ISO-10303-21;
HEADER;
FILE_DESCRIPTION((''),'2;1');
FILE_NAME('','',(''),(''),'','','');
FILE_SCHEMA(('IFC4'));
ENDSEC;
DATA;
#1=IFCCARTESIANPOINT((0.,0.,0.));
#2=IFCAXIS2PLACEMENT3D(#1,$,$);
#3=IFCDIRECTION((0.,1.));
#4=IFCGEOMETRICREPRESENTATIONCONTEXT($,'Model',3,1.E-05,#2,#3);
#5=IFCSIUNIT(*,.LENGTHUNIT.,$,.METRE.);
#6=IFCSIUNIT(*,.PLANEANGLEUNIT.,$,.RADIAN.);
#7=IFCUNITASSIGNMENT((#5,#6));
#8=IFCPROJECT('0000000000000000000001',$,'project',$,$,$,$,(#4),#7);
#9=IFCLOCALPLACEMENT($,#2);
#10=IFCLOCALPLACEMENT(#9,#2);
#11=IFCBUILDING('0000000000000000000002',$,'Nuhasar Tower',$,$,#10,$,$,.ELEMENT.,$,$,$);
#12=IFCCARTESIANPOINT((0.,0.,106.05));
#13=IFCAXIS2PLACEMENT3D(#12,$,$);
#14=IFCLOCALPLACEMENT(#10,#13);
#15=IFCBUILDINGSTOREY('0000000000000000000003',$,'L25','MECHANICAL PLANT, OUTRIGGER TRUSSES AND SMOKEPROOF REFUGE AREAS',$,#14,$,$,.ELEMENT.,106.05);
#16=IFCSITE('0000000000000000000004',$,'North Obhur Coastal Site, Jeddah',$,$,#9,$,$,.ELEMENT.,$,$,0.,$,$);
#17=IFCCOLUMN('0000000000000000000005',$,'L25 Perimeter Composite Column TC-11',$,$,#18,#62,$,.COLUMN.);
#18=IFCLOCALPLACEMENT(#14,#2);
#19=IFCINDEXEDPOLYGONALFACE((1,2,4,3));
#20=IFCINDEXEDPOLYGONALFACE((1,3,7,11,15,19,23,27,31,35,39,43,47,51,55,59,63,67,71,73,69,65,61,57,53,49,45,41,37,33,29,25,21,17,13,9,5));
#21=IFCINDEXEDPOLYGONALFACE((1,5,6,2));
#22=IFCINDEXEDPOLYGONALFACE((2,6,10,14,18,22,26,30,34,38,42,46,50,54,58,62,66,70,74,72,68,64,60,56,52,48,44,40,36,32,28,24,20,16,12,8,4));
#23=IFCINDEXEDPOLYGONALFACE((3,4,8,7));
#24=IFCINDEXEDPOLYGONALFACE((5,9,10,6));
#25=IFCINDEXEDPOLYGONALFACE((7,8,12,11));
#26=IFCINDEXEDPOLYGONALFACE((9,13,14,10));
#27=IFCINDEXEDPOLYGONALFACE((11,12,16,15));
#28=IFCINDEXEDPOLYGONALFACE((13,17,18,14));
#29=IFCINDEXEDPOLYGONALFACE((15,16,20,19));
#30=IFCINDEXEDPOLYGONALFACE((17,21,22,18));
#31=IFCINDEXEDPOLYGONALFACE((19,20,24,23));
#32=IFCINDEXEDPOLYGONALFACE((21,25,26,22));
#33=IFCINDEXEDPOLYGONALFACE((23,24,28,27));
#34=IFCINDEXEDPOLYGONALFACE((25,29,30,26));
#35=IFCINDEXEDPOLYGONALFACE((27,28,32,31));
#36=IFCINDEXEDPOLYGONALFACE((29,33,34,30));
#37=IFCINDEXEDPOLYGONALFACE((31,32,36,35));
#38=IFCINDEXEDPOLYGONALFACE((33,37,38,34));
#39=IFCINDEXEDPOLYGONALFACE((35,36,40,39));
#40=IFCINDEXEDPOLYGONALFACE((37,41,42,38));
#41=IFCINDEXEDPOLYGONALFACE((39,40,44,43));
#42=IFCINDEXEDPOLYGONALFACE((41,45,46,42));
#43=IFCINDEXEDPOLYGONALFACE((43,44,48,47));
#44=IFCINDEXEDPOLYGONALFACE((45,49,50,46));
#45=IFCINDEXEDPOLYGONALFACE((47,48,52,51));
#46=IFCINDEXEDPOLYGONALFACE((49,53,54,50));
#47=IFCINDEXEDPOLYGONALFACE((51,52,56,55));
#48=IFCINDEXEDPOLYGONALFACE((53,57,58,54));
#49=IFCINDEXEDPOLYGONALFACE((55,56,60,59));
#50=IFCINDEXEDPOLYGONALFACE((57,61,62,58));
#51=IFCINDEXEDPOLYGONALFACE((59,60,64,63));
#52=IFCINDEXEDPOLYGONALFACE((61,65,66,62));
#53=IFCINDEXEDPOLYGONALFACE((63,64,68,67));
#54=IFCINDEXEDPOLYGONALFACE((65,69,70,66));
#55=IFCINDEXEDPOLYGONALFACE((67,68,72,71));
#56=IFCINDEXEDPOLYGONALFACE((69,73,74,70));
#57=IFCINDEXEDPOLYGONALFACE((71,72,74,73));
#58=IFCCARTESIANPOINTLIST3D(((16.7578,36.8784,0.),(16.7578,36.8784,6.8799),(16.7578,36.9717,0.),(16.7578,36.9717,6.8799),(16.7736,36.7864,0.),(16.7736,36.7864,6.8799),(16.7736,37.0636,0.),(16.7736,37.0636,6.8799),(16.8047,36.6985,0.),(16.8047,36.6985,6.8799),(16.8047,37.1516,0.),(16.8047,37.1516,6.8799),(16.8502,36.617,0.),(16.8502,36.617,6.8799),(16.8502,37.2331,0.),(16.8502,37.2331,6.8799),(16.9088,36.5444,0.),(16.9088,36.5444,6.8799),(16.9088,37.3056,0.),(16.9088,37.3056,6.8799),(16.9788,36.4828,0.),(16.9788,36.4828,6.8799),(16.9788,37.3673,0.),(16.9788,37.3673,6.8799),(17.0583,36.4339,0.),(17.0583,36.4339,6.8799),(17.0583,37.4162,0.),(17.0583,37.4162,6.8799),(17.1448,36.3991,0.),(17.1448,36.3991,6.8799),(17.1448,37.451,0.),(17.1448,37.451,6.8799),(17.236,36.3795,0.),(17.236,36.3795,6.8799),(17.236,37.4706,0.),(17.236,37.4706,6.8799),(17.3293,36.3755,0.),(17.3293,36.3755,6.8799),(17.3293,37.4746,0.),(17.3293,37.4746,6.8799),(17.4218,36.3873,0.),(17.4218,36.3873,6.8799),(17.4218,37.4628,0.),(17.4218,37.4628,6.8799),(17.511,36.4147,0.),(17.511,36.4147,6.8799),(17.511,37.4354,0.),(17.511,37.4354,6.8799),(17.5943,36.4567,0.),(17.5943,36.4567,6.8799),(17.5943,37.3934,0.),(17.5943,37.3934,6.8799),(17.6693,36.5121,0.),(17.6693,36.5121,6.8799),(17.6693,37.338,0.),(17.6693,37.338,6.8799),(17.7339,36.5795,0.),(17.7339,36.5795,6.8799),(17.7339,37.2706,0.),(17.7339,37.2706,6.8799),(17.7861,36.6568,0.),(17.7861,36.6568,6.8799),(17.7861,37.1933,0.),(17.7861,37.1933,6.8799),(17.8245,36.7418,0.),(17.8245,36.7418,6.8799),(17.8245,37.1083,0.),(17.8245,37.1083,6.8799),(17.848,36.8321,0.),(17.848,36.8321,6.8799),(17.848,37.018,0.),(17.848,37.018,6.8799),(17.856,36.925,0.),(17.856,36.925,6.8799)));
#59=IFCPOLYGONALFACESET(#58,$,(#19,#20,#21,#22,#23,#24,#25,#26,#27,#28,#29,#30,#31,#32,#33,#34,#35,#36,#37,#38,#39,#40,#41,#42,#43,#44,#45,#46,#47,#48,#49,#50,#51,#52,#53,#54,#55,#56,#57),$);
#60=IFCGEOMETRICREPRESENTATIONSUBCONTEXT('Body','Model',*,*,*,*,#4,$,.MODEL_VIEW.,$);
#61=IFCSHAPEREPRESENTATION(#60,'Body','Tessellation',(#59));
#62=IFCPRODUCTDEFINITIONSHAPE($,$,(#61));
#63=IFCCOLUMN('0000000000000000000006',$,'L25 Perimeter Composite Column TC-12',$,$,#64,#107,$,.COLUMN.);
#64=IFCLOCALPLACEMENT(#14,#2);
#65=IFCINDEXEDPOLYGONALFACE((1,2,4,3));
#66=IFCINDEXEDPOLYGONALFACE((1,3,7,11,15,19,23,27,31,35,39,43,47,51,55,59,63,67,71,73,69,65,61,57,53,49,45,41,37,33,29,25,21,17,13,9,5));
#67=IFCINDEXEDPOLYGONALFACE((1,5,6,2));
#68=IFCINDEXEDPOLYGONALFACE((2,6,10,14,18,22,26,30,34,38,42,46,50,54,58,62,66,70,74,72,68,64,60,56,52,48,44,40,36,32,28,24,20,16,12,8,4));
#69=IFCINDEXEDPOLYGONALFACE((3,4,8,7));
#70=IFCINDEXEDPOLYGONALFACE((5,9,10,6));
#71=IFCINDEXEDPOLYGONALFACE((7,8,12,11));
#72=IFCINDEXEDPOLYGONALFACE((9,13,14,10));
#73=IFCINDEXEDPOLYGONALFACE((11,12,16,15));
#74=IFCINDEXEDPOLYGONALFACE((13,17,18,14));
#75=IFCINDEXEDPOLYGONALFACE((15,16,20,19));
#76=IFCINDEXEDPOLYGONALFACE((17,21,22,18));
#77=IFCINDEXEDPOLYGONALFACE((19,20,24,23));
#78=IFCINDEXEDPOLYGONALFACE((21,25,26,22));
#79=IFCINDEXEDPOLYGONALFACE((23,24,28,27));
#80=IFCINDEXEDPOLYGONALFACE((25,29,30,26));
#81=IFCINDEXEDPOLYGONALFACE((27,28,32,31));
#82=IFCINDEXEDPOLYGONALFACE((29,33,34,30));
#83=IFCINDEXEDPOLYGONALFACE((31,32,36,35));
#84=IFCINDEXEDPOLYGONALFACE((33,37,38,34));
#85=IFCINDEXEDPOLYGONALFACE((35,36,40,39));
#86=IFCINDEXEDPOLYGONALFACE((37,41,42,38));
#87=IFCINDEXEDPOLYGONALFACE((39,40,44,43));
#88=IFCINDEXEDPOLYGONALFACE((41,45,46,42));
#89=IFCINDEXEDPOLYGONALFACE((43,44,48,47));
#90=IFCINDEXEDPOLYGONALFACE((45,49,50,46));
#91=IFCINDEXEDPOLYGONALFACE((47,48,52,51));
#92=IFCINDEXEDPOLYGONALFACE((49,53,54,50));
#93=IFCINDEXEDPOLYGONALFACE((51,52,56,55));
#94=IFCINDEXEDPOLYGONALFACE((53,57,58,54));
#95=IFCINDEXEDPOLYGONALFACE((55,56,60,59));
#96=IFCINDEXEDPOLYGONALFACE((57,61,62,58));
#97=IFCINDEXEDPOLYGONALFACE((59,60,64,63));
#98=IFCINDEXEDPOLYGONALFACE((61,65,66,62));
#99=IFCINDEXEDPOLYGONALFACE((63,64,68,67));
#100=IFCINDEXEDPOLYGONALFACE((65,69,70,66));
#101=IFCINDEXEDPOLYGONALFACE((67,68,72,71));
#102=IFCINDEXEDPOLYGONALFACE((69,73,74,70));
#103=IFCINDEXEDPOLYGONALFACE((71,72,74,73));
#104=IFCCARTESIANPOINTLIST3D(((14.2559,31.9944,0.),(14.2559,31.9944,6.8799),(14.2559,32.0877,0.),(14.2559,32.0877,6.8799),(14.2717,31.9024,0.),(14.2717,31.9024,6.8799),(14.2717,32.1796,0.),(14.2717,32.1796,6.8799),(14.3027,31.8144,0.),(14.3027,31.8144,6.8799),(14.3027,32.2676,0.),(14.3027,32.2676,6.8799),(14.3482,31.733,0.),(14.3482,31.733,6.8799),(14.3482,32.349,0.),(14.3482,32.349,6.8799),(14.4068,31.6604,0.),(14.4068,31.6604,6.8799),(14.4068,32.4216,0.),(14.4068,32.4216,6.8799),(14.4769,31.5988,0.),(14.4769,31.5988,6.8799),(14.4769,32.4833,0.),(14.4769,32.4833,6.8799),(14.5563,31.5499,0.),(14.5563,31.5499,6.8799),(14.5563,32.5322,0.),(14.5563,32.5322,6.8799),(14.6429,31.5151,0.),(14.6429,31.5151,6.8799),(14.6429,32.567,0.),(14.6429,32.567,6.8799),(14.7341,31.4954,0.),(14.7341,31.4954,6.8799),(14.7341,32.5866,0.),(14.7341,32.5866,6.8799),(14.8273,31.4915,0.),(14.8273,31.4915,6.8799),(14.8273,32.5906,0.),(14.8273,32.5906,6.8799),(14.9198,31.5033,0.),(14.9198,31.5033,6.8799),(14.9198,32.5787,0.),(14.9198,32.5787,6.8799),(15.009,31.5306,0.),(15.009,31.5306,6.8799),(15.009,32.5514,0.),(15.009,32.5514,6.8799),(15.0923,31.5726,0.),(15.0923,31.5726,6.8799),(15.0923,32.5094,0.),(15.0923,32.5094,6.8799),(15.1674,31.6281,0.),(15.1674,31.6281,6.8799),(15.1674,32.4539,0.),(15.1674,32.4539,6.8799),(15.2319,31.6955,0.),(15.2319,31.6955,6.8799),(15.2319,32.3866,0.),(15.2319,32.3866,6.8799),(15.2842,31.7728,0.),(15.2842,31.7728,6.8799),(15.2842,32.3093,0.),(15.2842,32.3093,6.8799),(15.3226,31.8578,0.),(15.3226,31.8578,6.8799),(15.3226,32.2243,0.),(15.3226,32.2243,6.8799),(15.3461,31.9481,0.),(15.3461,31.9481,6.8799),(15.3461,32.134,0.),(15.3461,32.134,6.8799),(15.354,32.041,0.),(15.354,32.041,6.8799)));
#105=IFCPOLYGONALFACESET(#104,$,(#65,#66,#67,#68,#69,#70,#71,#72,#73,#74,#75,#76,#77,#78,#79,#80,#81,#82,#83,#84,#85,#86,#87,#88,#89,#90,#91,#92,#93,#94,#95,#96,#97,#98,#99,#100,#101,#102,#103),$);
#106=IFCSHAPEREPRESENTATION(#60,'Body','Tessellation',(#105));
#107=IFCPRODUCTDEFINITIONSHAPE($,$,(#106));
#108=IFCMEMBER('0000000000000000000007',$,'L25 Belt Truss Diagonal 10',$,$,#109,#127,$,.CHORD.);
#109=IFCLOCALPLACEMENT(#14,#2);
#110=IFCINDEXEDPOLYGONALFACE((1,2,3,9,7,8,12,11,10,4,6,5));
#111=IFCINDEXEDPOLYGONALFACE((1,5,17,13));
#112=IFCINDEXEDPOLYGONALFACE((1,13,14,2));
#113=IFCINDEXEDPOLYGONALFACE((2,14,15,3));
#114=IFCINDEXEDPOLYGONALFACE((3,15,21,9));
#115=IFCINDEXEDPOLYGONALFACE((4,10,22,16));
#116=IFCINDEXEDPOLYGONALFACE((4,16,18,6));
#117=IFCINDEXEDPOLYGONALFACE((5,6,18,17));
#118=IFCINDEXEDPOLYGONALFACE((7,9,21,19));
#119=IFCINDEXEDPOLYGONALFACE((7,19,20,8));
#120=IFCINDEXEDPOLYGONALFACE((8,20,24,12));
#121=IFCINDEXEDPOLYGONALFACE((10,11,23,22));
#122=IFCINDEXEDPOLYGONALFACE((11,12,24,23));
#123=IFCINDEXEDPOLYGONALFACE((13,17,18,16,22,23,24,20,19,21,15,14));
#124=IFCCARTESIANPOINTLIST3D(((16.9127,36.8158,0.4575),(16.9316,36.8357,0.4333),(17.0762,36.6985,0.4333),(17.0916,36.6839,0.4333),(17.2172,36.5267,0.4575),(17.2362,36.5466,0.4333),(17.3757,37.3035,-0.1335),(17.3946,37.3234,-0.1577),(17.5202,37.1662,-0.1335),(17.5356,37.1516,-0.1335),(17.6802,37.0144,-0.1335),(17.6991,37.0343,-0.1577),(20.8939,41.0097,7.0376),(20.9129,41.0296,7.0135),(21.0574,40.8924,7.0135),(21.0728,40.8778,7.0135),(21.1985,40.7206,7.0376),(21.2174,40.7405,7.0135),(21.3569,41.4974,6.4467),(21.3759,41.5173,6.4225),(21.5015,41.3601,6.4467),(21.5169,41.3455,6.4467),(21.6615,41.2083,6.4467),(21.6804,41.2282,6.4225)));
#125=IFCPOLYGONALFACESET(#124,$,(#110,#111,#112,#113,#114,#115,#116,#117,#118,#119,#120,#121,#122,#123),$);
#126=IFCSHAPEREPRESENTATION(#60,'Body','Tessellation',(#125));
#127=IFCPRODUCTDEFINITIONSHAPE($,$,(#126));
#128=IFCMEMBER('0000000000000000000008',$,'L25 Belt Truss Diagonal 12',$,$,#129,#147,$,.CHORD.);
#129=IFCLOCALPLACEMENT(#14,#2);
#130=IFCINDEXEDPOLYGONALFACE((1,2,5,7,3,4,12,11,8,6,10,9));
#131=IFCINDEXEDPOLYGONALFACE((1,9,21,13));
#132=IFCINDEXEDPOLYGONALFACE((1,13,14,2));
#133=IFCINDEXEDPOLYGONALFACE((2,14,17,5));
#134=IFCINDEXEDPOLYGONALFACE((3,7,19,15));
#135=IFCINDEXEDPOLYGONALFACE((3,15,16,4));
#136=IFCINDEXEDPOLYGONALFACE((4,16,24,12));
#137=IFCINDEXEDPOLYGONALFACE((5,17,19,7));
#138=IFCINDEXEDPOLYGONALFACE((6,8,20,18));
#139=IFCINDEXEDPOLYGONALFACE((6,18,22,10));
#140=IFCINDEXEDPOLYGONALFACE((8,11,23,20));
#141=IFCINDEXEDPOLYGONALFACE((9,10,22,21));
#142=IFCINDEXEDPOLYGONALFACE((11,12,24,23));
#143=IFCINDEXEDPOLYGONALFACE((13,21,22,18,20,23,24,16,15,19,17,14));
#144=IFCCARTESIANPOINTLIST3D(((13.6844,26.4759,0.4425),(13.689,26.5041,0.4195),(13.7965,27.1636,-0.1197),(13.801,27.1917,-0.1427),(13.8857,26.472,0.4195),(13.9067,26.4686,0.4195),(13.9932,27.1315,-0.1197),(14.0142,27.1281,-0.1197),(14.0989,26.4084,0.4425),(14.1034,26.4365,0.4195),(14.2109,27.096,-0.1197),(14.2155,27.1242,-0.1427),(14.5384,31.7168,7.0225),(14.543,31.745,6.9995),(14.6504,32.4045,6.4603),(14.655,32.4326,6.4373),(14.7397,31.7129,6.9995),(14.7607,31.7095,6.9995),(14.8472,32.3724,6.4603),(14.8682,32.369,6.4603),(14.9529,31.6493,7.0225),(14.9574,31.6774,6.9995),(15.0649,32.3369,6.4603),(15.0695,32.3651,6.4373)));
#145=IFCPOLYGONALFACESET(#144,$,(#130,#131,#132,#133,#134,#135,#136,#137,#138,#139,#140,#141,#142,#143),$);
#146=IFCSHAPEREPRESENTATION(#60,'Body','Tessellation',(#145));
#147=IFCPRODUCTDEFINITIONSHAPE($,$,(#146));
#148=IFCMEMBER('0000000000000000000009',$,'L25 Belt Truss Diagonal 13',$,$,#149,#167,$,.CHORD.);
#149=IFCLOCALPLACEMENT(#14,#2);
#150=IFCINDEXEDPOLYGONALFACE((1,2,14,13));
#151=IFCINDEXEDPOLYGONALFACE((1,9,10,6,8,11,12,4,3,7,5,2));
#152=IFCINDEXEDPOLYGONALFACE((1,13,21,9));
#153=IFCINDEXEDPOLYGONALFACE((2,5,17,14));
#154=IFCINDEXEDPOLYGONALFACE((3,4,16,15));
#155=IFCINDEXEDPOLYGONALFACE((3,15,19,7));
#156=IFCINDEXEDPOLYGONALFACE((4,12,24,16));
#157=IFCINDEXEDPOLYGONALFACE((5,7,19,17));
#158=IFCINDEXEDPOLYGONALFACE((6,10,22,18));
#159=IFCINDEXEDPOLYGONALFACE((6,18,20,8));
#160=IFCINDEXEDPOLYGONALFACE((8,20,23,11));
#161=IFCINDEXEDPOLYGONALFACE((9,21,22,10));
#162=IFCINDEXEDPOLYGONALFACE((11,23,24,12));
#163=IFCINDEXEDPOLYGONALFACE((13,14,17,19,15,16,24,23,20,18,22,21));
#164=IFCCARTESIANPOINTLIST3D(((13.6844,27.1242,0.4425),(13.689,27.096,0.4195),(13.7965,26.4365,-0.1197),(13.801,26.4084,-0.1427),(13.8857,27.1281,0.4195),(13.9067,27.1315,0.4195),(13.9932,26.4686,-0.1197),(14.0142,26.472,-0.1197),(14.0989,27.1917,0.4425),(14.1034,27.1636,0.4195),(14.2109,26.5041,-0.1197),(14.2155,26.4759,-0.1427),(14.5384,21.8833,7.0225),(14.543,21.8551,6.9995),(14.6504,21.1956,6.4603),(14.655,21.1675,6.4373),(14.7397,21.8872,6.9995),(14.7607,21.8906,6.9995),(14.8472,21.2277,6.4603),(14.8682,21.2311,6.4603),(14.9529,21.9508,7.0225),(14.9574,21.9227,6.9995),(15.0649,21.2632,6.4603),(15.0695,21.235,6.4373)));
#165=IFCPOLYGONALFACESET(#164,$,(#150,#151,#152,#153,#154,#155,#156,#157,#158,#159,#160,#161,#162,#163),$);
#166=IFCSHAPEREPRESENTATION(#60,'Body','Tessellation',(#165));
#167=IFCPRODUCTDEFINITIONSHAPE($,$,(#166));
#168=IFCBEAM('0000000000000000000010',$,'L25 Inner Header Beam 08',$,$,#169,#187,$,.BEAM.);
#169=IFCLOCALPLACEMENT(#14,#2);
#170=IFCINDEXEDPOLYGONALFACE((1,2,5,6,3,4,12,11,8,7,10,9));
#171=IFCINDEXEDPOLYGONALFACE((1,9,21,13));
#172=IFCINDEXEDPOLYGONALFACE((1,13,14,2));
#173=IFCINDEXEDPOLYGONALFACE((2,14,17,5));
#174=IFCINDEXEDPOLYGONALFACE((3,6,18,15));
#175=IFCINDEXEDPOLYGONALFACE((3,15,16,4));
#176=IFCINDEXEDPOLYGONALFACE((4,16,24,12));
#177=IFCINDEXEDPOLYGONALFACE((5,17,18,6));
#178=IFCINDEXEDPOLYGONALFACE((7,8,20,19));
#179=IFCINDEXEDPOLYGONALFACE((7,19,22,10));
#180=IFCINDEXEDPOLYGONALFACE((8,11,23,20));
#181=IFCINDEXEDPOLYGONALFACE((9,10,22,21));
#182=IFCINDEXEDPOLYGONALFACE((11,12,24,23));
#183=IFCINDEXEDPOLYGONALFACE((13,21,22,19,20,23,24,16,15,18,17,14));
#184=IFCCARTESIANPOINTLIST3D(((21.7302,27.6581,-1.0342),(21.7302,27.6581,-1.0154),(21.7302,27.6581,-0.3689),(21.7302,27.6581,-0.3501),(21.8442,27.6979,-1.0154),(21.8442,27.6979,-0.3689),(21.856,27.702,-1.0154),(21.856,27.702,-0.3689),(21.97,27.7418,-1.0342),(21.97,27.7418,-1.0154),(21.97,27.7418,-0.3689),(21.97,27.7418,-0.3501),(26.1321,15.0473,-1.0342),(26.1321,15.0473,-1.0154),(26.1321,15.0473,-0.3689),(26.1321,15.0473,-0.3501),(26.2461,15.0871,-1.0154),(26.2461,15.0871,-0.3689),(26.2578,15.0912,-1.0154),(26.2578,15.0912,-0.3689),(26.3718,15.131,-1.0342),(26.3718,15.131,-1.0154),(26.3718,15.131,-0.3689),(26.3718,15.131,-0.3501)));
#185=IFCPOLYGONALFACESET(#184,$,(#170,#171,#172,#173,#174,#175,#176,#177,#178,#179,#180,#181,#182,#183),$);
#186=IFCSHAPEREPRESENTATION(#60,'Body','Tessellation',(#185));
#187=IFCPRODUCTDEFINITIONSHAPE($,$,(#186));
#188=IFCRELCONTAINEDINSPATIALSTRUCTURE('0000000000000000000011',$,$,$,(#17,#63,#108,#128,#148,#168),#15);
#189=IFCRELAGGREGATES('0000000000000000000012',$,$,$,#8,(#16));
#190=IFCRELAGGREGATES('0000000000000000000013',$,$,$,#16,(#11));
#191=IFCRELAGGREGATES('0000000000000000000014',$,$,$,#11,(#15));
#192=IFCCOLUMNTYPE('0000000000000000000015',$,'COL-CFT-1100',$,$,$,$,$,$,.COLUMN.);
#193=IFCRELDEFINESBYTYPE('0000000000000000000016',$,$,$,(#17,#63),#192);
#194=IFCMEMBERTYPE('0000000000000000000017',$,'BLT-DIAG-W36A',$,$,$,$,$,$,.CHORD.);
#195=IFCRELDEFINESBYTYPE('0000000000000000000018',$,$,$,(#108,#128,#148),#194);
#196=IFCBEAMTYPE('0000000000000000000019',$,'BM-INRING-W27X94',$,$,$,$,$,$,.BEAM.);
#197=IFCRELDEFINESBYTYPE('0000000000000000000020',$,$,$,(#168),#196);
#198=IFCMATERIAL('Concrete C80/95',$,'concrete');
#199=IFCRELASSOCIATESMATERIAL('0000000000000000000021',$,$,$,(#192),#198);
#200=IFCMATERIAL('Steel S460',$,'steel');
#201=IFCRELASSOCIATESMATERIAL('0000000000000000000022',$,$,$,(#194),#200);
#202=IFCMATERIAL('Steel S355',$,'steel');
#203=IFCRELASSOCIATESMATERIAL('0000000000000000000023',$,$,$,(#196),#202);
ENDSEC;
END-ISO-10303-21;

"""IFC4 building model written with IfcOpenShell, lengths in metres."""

from ifc_helpers import new_model, si_unit, direction, frame, origin, origin_2d, place, context, subcontext, project, spatial, circle, i_section, extrude, material, material_profile, profile_set, type_object, element, save


model = new_model("IFC4")

# Units and contexts
model_context = context("Model", 3, precision=1e-05, world=origin(), true_north=direction((0.0, 1.0)))
body_context = subcontext(model_context, "Body", "Model", "MODEL_VIEW")
ifc_project = project(units=[si_unit("LENGTHUNIT", "METRE"), si_unit("PLANEANGLEUNIT", "RADIAN")], contexts=[model_context])

# Site, building, storey
site_placement = place(None, origin())
site = spatial("IfcSite", under=ifc_project, at=site_placement, Name="North Obhur Coastal Site, Jeddah", CompositionType="ELEMENT", RefElevation=0.0)
building_placement = place(site_placement, origin())
building = spatial("IfcBuilding", under=site, at=building_placement, Name="Nuhasar Tower", CompositionType="ELEMENT")
storey_placement = place(building_placement, frame((0.0, 0.0, 106.05)))
storey = spatial("IfcBuildingStorey", under=building, at=storey_placement, Name="L25", Description="MECHANICAL PLANT, OUTRIGGER TRUSSES AND SMOKEPROOF REFUGE AREAS", CompositionType="ELEMENT", Elevation=106.05)

# Columns
ifc_material_1 = material(Name="Concrete C80/95", Category="concrete")
ifc_material_profile_1 = material_profile(ifc_material_1, circle(Radius=0.55, at=origin_2d()), Name="CFT1100")
ifc_profile_set_1 = profile_set([ifc_material_profile_1], Name="Concrete C80/95")
column_type = type_object("IfcColumnType", Name="COL-CFT-1100", PredefinedType="COLUMN", material=ifc_profile_set_1)
for number, where, z_axis, x_axis, name in (
    (1, (17.3059, 36.925, 0.0), (0.0, 0.0, 1.0), (1.0, 0.0, 0.0), "L25 Perimeter Composite Column TC-11"),
    (2, (14.804, 32.041, 0.0), (0.0, 0.0, 1.0), (1.0, 0.0, 0.0), "L25 Perimeter Composite Column TC-12"),
):
    element("IfcColumn", number, at=place(storey_placement, frame(where, z_axis=z_axis, x_axis=x_axis)), inside=storey, type_object=column_type, Name=name, PredefinedType="COLUMN", context=body_context, shape_type="SweptSolid", body=[
        extrude(circle(Radius=0.55, at=origin_2d()), origin(), (0.0, 0.0, 1.0), 6.8799),
    ])

# Members
ifc_material_2 = material(Name="Steel S460", Category="steel")
ifc_material_profile_2 = material_profile(ifc_material_2, i_section(OverallWidth=0.4199, OverallDepth=0.9319, WebThickness=0.0212, FlangeThickness=0.0366, at=origin_2d()), Name="W36X262")
ifc_profile_set_2 = profile_set([ifc_material_profile_2], Name="Steel S460")
member_type_1 = type_object("IfcMemberType", Name="BLT-DIAG-W36A", PredefinedType="CHORD", material=ifc_profile_set_2)
member_1_placement = place(storey_placement, frame((17.3059, 36.925, 0.1499), z_axis=(0.454481, 0.478756, 0.75116), x_axis=(-0.725254, 0.688481, 0.0)))
element("IfcMember", 3, at=member_1_placement, inside=storey, type_object=member_type_1, Name="L25 Belt Truss Diagonal 10", PredefinedType="CHORD", context=body_context, shape_type="SweptSolid", body=[
    extrude(i_section(OverallWidth=0.4199, OverallDepth=0.9319, WebThickness=0.0212, FlangeThickness=0.0366, at=origin_2d()), origin(), (0.0, 0.0, 1.0), 8.76),
])
for number, where, z_axis, x_axis, name in (
    (4, (13.95, 26.8, 0.1499), (0.101001, 0.619834, 0.778206), (-0.986983, 0.160827, 0.0), "L25 Belt Truss Diagonal 12"),
    (5, (13.95, 26.8, 0.1499), (0.101001, -0.619834, 0.778206), (0.986983, 0.160827, 0.0), "L25 Belt Truss Diagonal 13"),
):
    element("IfcMember", number, at=place(storey_placement, frame(where, z_axis=z_axis, x_axis=x_axis)), inside=storey, type_object=member_type_1, Name=name, PredefinedType="CHORD", context=body_context, shape_type="SweptSolid", body=[
        extrude(i_section(OverallWidth=0.4199, OverallDepth=0.9319, WebThickness=0.0212, FlangeThickness=0.0366, at=origin_2d()), origin(), (0.0, 0.0, 1.0), 8.4553),
    ])

# Beam
ifc_material_3 = material(Name="Steel S355", Category="steel")
ifc_material_profile_3 = material_profile(ifc_material_3, i_section(OverallWidth=0.2539, OverallDepth=0.6841, WebThickness=0.0125, FlangeThickness=0.0188, at=origin_2d()), Name="W27X94")
ifc_profile_set_3 = profile_set([ifc_material_profile_3], Name="Steel S355")
beam_type_1 = type_object("IfcBeamType", Name="BM-INRING-W27X94", PredefinedType="BEAM", material=ifc_profile_set_3)
beam_1_placement = place(storey_placement, frame((21.8501, 27.7, -0.6921), z_axis=(0.329554, -0.944137, 0.0), x_axis=(0.944137, 0.329554, 0.0)))
element("IfcBeam", 6, at=beam_1_placement, inside=storey, type_object=beam_type_1, Name="L25 Inner Header Beam 08", PredefinedType="BEAM", context=body_context, shape_type="SweptSolid", body=[
    extrude(i_section(OverallWidth=0.2539, OverallDepth=0.6841, WebThickness=0.0125, FlangeThickness=0.0188, at=origin_2d()), origin(), (0.0, 0.0, 1.0), 13.3569),
])

save(model, "model.ifc")
